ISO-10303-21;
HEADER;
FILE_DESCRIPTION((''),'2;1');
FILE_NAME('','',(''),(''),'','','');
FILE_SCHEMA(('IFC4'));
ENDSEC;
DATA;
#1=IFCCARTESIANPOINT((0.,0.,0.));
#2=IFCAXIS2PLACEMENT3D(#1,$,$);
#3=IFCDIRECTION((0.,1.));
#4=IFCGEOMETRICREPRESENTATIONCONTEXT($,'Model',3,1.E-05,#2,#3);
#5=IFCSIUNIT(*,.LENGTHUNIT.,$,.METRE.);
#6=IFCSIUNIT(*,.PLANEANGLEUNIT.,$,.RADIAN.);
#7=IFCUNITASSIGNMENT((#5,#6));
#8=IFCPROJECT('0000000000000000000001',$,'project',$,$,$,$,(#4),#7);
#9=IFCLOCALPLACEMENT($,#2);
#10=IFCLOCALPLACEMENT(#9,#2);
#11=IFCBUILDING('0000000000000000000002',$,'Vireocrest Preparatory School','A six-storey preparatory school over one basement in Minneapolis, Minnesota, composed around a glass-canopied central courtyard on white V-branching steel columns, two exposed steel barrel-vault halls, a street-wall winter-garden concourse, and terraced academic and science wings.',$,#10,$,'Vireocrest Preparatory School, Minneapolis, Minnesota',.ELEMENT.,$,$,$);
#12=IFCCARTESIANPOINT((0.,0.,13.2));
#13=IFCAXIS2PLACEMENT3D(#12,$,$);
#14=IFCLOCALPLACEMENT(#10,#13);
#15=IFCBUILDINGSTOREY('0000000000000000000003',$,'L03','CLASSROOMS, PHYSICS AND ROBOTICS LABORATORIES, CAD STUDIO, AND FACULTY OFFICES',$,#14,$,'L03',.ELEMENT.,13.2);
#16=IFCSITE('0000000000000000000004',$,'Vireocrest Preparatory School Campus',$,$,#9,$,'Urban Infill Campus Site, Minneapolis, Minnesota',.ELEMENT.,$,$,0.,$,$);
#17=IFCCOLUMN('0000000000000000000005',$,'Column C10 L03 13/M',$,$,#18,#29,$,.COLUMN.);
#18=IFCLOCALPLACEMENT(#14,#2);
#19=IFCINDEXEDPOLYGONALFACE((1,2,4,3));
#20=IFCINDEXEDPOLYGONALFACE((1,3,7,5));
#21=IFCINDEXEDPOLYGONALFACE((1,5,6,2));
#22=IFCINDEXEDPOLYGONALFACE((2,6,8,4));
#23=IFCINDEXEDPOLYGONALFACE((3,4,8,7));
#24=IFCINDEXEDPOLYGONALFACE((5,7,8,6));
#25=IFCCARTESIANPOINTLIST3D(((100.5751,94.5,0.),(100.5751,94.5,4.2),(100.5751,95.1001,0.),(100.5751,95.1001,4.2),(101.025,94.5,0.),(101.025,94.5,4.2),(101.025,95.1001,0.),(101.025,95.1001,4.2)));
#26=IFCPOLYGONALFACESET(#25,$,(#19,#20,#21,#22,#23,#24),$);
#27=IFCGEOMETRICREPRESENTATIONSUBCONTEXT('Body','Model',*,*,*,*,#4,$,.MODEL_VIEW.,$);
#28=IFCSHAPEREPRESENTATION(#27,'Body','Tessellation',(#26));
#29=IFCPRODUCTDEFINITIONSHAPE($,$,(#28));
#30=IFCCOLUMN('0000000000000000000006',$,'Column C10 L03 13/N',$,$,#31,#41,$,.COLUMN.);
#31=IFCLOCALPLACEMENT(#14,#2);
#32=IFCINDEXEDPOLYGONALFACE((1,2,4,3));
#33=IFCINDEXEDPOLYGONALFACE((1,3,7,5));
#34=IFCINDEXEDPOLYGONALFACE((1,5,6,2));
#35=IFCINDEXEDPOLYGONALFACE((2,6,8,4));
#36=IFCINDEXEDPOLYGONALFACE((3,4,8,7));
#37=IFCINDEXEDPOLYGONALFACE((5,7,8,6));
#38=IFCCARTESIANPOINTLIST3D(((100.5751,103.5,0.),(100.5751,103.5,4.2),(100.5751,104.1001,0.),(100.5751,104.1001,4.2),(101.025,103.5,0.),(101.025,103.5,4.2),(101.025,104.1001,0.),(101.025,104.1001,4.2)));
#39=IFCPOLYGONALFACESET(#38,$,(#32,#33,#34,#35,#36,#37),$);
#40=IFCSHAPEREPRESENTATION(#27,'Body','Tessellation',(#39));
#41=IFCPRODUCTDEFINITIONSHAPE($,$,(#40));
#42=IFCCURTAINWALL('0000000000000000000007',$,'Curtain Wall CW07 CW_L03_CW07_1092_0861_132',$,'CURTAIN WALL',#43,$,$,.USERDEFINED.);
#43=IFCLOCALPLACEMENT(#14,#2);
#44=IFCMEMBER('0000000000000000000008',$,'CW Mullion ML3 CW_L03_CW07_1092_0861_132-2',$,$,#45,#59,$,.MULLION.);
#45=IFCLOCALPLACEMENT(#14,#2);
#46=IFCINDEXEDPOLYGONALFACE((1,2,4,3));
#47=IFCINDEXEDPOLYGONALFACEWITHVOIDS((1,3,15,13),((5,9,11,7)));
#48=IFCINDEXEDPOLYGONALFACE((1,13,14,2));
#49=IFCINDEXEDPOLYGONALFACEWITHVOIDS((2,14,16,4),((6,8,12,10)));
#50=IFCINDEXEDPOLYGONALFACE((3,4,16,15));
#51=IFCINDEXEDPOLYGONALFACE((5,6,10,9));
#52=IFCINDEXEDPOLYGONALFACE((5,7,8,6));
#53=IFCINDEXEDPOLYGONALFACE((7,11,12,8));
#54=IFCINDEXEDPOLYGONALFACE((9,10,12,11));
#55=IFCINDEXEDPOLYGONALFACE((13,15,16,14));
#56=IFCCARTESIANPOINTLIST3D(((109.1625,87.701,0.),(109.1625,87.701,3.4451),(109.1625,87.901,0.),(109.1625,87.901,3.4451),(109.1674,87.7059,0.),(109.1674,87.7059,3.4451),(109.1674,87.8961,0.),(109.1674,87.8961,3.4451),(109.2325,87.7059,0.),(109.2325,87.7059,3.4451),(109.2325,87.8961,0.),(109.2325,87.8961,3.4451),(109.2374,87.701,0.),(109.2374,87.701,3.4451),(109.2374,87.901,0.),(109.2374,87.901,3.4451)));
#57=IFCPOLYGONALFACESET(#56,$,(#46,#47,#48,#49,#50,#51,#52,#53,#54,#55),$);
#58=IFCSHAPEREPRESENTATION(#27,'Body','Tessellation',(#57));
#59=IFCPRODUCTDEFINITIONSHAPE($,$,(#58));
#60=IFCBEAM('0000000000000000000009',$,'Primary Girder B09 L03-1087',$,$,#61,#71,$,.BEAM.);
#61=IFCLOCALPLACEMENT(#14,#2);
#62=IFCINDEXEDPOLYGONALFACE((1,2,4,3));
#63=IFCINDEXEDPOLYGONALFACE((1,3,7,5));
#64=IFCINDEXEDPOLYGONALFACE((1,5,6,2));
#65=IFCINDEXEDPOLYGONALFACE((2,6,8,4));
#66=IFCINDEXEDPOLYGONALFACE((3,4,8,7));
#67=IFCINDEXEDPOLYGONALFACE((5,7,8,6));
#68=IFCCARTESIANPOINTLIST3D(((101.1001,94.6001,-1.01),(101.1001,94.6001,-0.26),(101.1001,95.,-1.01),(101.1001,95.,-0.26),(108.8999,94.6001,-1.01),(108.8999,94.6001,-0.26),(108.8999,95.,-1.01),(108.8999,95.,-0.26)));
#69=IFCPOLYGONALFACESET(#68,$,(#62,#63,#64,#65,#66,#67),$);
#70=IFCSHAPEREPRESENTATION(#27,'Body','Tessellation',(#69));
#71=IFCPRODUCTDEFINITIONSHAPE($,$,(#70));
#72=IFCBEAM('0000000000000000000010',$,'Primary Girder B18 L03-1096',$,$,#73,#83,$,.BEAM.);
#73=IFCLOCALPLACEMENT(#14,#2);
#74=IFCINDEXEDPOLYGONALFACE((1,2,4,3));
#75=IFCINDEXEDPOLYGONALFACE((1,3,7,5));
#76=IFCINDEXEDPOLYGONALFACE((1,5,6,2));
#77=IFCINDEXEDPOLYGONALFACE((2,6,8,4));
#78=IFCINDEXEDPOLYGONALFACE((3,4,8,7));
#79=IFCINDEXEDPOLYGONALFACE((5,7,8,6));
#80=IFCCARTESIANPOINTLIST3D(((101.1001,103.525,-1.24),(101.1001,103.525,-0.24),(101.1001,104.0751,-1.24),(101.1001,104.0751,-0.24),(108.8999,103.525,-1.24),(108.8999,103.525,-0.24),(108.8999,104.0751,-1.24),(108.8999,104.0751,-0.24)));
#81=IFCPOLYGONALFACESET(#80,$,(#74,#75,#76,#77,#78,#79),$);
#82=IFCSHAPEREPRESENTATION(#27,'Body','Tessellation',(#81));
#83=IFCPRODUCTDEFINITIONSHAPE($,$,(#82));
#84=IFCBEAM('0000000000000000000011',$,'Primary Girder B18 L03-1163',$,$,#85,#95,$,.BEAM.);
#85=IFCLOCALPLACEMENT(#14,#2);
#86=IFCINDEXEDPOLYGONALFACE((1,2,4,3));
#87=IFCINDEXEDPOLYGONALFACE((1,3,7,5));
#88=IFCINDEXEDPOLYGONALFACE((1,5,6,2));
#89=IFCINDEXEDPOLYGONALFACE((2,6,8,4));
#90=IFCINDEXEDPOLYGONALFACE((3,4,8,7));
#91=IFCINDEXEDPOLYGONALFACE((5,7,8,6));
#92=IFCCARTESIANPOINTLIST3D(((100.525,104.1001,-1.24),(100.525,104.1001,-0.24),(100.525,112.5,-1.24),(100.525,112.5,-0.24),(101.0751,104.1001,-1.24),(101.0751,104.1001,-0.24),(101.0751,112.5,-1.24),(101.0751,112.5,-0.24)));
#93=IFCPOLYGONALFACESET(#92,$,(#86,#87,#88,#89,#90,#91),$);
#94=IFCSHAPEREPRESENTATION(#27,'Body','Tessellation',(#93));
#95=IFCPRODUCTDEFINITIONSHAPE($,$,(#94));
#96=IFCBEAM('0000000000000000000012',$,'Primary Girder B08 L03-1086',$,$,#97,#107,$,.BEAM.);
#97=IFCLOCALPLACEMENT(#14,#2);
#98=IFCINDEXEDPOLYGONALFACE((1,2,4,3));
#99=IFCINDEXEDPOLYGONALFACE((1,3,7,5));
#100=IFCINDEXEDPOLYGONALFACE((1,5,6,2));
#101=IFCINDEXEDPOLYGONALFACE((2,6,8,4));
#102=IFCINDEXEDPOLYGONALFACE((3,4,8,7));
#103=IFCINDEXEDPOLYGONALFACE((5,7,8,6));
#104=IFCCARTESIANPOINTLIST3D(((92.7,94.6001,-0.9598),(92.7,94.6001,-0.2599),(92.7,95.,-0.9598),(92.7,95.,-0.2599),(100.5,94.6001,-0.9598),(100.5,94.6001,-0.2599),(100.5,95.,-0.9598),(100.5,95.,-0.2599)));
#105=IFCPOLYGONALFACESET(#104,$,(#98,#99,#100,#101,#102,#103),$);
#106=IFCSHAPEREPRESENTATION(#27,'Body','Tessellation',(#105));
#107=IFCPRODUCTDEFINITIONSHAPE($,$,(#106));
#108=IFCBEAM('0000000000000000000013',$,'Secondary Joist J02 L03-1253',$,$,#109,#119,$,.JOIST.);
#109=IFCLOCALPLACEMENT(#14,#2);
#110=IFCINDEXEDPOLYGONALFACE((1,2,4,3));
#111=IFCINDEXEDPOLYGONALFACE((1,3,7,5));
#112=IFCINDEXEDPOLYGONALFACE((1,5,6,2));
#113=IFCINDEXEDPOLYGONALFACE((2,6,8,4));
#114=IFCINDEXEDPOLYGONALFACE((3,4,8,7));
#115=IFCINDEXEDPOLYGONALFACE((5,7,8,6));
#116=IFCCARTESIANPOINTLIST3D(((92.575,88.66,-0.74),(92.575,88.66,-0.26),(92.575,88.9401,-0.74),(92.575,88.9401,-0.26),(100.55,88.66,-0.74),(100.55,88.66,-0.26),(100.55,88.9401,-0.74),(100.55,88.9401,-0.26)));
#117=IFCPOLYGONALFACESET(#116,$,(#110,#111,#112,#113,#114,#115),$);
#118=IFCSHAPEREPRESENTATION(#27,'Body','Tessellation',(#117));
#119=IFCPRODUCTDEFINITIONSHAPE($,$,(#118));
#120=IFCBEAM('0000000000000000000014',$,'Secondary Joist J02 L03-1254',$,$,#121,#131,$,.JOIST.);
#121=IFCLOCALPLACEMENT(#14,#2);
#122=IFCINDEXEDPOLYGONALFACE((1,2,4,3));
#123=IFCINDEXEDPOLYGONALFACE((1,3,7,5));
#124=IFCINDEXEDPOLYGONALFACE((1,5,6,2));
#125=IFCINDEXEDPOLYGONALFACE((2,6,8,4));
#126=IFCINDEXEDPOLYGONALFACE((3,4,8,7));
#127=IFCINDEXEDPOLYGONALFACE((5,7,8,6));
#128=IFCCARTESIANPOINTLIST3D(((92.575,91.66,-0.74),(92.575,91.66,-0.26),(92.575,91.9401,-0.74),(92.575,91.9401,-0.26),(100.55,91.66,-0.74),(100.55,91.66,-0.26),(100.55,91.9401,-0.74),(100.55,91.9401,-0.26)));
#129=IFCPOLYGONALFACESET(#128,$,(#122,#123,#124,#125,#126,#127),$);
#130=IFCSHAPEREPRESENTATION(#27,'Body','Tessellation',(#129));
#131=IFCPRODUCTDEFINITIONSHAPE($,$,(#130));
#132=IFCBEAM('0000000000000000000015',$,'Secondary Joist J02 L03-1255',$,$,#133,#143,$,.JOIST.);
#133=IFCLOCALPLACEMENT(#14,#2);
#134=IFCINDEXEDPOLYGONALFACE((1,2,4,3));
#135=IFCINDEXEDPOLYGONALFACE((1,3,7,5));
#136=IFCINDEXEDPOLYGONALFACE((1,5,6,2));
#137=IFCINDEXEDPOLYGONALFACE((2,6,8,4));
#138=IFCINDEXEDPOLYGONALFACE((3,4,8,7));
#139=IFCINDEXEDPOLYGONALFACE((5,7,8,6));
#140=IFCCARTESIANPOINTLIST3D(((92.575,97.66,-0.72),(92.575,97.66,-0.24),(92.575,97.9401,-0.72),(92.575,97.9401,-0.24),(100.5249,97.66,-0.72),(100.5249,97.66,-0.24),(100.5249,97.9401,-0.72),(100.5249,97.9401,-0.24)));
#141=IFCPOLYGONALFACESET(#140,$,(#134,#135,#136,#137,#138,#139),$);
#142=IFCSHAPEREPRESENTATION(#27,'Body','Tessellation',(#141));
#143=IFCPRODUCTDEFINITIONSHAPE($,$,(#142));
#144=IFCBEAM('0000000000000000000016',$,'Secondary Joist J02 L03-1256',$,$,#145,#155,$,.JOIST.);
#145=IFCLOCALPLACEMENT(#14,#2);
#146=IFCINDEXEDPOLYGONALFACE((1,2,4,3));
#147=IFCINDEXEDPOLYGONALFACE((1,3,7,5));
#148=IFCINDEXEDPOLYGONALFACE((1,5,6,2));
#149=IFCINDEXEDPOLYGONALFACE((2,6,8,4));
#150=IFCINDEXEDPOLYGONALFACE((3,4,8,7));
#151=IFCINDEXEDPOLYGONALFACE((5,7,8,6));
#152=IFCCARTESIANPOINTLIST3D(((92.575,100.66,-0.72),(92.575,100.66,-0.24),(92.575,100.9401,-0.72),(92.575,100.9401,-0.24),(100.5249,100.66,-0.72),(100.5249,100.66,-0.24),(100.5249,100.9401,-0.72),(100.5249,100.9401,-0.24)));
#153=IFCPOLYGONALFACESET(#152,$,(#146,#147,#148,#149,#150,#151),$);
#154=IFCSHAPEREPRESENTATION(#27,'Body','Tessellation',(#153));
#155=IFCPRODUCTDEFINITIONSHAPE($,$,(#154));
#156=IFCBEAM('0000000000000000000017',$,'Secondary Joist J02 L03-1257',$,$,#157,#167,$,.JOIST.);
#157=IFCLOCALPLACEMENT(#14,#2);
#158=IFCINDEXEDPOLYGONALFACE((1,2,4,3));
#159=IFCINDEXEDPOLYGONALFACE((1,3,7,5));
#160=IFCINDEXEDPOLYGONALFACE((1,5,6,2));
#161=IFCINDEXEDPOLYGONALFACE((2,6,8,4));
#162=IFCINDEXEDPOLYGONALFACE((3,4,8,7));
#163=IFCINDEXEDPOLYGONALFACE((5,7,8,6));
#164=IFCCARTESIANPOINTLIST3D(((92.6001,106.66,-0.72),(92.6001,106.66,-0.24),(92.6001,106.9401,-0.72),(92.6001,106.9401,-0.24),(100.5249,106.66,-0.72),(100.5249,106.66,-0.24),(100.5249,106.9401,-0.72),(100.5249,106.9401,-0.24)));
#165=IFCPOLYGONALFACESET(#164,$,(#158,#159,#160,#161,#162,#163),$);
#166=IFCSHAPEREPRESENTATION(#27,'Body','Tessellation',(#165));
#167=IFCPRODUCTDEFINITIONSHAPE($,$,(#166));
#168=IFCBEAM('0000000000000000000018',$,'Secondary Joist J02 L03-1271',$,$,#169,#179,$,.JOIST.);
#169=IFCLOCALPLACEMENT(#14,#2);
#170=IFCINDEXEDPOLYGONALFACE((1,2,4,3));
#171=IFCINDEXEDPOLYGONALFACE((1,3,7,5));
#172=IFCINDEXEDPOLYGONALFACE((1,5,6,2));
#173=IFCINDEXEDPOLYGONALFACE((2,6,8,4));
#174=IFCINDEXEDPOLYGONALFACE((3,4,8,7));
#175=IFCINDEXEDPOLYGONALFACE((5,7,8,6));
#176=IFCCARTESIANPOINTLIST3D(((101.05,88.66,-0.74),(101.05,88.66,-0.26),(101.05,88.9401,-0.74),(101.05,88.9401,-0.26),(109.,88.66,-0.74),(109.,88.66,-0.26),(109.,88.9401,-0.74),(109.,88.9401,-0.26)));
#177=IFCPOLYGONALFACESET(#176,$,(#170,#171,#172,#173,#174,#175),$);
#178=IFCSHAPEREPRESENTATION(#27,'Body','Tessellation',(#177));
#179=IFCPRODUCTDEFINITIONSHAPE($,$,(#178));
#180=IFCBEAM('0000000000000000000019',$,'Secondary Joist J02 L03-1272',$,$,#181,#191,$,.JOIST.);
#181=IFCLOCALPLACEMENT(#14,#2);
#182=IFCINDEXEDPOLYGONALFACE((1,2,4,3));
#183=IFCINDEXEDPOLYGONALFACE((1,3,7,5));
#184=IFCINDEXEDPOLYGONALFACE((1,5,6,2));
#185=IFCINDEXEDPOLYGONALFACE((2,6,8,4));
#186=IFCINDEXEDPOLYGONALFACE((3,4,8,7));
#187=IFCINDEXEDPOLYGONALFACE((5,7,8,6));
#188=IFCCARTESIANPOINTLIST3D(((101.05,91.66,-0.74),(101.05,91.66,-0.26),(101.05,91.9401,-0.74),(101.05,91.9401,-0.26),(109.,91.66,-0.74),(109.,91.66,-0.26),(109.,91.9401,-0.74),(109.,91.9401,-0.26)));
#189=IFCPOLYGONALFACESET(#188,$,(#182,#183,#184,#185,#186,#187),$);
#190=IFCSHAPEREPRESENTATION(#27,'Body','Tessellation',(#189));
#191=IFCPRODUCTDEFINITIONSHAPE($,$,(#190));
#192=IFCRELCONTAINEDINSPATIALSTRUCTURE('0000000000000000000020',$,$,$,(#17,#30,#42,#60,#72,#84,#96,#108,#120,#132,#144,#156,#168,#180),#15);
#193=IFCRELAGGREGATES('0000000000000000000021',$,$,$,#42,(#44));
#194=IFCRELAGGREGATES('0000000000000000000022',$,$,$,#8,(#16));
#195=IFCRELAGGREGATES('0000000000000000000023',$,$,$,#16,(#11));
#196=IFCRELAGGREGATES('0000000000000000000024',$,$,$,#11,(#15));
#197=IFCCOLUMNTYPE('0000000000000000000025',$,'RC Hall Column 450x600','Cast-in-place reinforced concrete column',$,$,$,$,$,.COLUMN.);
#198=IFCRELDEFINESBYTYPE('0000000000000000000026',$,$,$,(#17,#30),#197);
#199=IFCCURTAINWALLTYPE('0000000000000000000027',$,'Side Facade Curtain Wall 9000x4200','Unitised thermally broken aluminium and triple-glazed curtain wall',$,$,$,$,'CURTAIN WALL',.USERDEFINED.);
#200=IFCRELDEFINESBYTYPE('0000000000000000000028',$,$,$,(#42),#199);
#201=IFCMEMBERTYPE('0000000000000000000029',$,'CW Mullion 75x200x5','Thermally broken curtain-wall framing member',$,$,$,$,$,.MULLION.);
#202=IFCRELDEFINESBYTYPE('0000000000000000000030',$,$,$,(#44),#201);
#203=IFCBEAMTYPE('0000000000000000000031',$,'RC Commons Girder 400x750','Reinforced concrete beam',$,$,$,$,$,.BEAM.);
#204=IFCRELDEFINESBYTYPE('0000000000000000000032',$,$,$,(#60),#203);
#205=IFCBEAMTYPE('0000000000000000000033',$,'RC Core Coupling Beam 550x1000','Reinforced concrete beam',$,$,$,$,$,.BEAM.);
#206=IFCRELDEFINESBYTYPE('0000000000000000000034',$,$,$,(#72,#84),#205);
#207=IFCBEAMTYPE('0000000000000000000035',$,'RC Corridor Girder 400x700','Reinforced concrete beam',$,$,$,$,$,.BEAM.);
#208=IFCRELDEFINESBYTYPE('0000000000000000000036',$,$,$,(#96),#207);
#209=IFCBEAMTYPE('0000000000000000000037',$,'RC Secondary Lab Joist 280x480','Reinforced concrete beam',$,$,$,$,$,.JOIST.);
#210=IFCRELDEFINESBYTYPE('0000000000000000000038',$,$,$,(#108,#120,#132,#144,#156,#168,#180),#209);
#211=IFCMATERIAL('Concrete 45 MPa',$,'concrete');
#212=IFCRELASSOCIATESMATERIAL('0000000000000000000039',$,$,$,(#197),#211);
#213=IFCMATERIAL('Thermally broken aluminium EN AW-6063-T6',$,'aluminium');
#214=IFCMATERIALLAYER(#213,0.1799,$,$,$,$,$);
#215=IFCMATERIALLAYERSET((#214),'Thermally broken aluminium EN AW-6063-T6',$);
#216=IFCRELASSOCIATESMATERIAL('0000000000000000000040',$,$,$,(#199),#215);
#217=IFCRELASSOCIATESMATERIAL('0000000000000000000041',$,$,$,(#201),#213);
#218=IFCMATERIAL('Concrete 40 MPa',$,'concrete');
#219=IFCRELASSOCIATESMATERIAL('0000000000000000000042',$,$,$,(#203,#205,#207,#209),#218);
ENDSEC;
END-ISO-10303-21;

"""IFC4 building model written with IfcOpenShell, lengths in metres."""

from ifc_helpers import new_model, si_unit, direction, frame, origin, origin_2d, place, context, subcontext, project, spatial, rectangle, hollow_rectangle, extrude, material, layer, layer_set, material_profile, profile_set, type_object, element, aggregate, save


model = new_model("IFC4")

# Units and contexts
model_context = context("Model", 3, precision=1e-05, world=origin(), true_north=direction((0.0, 1.0)))
body_context = subcontext(model_context, "Body", "Model", "MODEL_VIEW")
ifc_project = project(units=[si_unit("LENGTHUNIT", "METRE"), si_unit("PLANEANGLEUNIT", "RADIAN")], contexts=[model_context])

# Site, building, storey
site_placement = place(None, origin())
site = spatial("IfcSite", under=ifc_project, at=site_placement, Name="Vireocrest Preparatory School Campus", LongName="Urban Infill Campus Site, Minneapolis, Minnesota", CompositionType="ELEMENT", RefElevation=0.0)
building_placement = place(site_placement, origin())
building = spatial("IfcBuilding", under=site, at=building_placement, Name="Vireocrest Preparatory School", Description="A six-storey preparatory school over one basement in Minneapolis, Minnesota, composed around a glass-canopied central courtyard on white V-branching steel columns, two exposed steel barrel-vault halls, a street-wall winter-garden concourse, and terraced academic and science wings.", LongName="Vireocrest Preparatory School, Minneapolis, Minnesota", CompositionType="ELEMENT")
storey_placement = place(building_placement, frame((0.0, 0.0, 13.2)))
storey = spatial("IfcBuildingStorey", under=building, at=storey_placement, Name="L03", Description="CLASSROOMS, PHYSICS AND ROBOTICS LABORATORIES, CAD STUDIO, AND FACULTY OFFICES", LongName="L03", CompositionType="ELEMENT", Elevation=13.2)

# Columns
ifc_material_1 = material(Name="Concrete 45 MPa", Category="concrete")
ifc_material_profile_1 = material_profile(ifc_material_1, rectangle(XDim=0.45, YDim=0.6001, at=origin_2d()), Name="RC 450x600")
ifc_profile_set_1 = profile_set([ifc_material_profile_1], Name="Concrete 45 MPa")
column_type = type_object("IfcColumnType", Name="RC Hall Column 450x600", Description="Cast-in-place reinforced concrete column", PredefinedType="COLUMN", material=ifc_profile_set_1)
for number, where, z_axis, x_axis, name in (
    (1, (100.8, 94.8, 0.0), (0.0, 0.0, 1.0), (1.0, 0.0, 0.0), "Column C10 L03 13/M"),
    (2, (100.8, 103.8, 0.0), (0.0, 0.0, 1.0), (1.0, 0.0, 0.0), "Column C10 L03 13/N"),
):
    element("IfcColumn", number, at=place(storey_placement, frame(where, z_axis=z_axis, x_axis=x_axis)), inside=storey, type_object=column_type, Name=name, PredefinedType="COLUMN", context=body_context, shape_type="SweptSolid", body=[
        extrude(rectangle(XDim=0.45, YDim=0.6001, at=origin_2d()), origin(), (0.0, 0.0, 1.0), 4.2),
    ])

# Curtain wall, member
ifc_material_2 = material(Name="Thermally broken aluminium EN AW-6063-T6", Category="aluminium")
ifc_layer_1 = layer(ifc_material_2, 0.1799)
ifc_layer_set_1 = layer_set([ifc_layer_1], Name="Thermally broken aluminium EN AW-6063-T6")
curtain_wall_type = type_object("IfcCurtainWallType", Name="Side Facade Curtain Wall 9000x4200", Description="Unitised thermally broken aluminium and triple-glazed curtain wall", ElementType="CURTAIN WALL", PredefinedType="USERDEFINED", material=ifc_layer_set_1)
curtain_wall_placement = place(storey_placement, origin())
curtain_wall = element("IfcCurtainWall", 3, at=curtain_wall_placement, inside=storey, type_object=curtain_wall_type, Name="Curtain Wall CW07 CW_L03_CW07_1092_0861_132", ObjectType="CURTAIN WALL", PredefinedType="USERDEFINED")
ifc_material_profile_2 = material_profile(ifc_material_2, hollow_rectangle(XDim=0.075, YDim=0.2, WallThickness=0.0049, at=origin_2d()), Name="ALU 75x200x5")
ifc_profile_set_2 = profile_set([ifc_material_profile_2], Name="Thermally broken aluminium EN AW-6063-T6")
member_type = type_object("IfcMemberType", Name="CW Mullion 75x200x5", Description="Thermally broken curtain-wall framing member", PredefinedType="MULLION", material=ifc_profile_set_2)
member_placement = place(storey_placement, frame((109.2, 87.801, 0.0), z_axis=(0.0, 0.0, 1.0), x_axis=(1.0, 0.0, 0.0)))
member = element("IfcMember", 4, at=member_placement, type_object=member_type, Name="CW Mullion ML3 CW_L03_CW07_1092_0861_132-2", PredefinedType="MULLION", context=body_context, shape_type="SweptSolid", body=[
    extrude(hollow_rectangle(XDim=0.075, YDim=0.2, WallThickness=0.0049, at=origin_2d()), origin(), (0.0, 0.0, 1.0), 3.4451),
])

# Beams
ifc_material_3 = material(Name="Concrete 40 MPa", Category="concrete")
ifc_material_profile_3 = material_profile(ifc_material_3, rectangle(XDim=0.3999, YDim=0.75, at=origin_2d()), Name="RC 400x750")
ifc_profile_set_3 = profile_set([ifc_material_profile_3], Name="Concrete 40 MPa")
beam_type_1 = type_object("IfcBeamType", Name="RC Commons Girder 400x750", Description="Reinforced concrete beam", PredefinedType="BEAM", material=ifc_profile_set_3)
beam_1_placement = place(storey_placement, frame((101.1001, 94.8, -0.635), z_axis=(1.0, 0.0, 0.0), x_axis=(0.0, 1.0, 0.0)))
element("IfcBeam", 5, at=beam_1_placement, inside=storey, type_object=beam_type_1, Name="Primary Girder B09 L03-1087", PredefinedType="BEAM", context=body_context, shape_type="SweptSolid", body=[
    extrude(rectangle(XDim=0.3999, YDim=0.75, at=origin_2d()), origin(), (0.0, 0.0, 1.0), 7.7998),
])
ifc_material_profile_4 = material_profile(ifc_material_3, rectangle(XDim=0.55, YDim=1.0, at=origin_2d()), Name="RC 550x1000")
ifc_profile_set_4 = profile_set([ifc_material_profile_4], Name="Concrete 40 MPa")
beam_type_2 = type_object("IfcBeamType", Name="RC Core Coupling Beam 550x1000", Description="Reinforced concrete beam", PredefinedType="BEAM", material=ifc_profile_set_4)
beam_2_placement = place(storey_placement, frame((101.1001, 103.8, -0.74), z_axis=(1.0, 0.0, 0.0), x_axis=(0.0, 1.0, 0.0)))
element("IfcBeam", 6, at=beam_2_placement, inside=storey, type_object=beam_type_2, Name="Primary Girder B18 L03-1096", PredefinedType="BEAM", context=body_context, shape_type="SweptSolid", body=[
    extrude(rectangle(XDim=0.55, YDim=1.0, at=origin_2d()), origin(), (0.0, 0.0, 1.0), 7.7998),
])
beam_3_placement = place(storey_placement, frame((100.8, 104.1001, -0.74), z_axis=(0.0, 1.0, 0.0), x_axis=(-1.0, 0.0, 0.0)))
element("IfcBeam", 7, at=beam_3_placement, inside=storey, type_object=beam_type_2, Name="Primary Girder B18 L03-1163", PredefinedType="BEAM", context=body_context, shape_type="SweptSolid", body=[
    extrude(rectangle(XDim=0.55, YDim=1.0, at=origin_2d()), origin(), (0.0, 0.0, 1.0), 8.3999),
])
ifc_material_profile_5 = material_profile(ifc_material_3, rectangle(XDim=0.3999, YDim=0.7, at=origin_2d()), Name="RC 400x700")
ifc_profile_set_5 = profile_set([ifc_material_profile_5], Name="Concrete 40 MPa")
beam_type_3 = type_object("IfcBeamType", Name="RC Corridor Girder 400x700", Description="Reinforced concrete beam", PredefinedType="BEAM", material=ifc_profile_set_5)
beam_4_placement = place(storey_placement, frame((92.7, 94.8, -0.6099), z_axis=(1.0, 0.0, 0.0), x_axis=(0.0, 1.0, 0.0)))
element("IfcBeam", 8, at=beam_4_placement, inside=storey, type_object=beam_type_3, Name="Primary Girder B08 L03-1086", PredefinedType="BEAM", context=body_context, shape_type="SweptSolid", body=[
    extrude(rectangle(XDim=0.3999, YDim=0.7, at=origin_2d()), origin(), (0.0, 0.0, 1.0), 7.8),
])
ifc_material_profile_6 = material_profile(ifc_material_3, rectangle(XDim=0.28, YDim=0.48, at=origin_2d()), Name="RC 280x480")
ifc_profile_set_6 = profile_set([ifc_material_profile_6], Name="Concrete 40 MPa")
beam_type_4 = type_object("IfcBeamType", Name="RC Secondary Lab Joist 280x480", Description="Reinforced concrete beam", PredefinedType="JOIST", material=ifc_profile_set_6)
for number, where, z_axis, x_axis, name in (
    (9, (92.575, 88.8, -0.5), (1.0, 0.0, 0.0), (0.0, 1.0, 0.0), "Secondary Joist J02 L03-1253"),
    (10, (92.575, 91.8, -0.5), (1.0, 0.0, 0.0), (0.0, 1.0, 0.0), "Secondary Joist J02 L03-1254"),
):
    element("IfcBeam", number, at=place(storey_placement, frame(where, z_axis=z_axis, x_axis=x_axis)), inside=storey, type_object=beam_type_4, Name=name, PredefinedType="JOIST", context=body_context, shape_type="SweptSolid", body=[
        extrude(rectangle(XDim=0.28, YDim=0.48, at=origin_2d()), origin(), (0.0, 0.0, 1.0), 7.9751),
    ])
for number, where, z_axis, x_axis, name in (
    (11, (92.575, 97.8, -0.48), (1.0, 0.0, 0.0), (0.0, 1.0, 0.0), "Secondary Joist J02 L03-1255"),
    (12, (92.575, 100.8, -0.48), (1.0, 0.0, 0.0), (0.0, 1.0, 0.0), "Secondary Joist J02 L03-1256"),
):
    element("IfcBeam", number, at=place(storey_placement, frame(where, z_axis=z_axis, x_axis=x_axis)), inside=storey, type_object=beam_type_4, Name=name, PredefinedType="JOIST", context=body_context, shape_type="SweptSolid", body=[
        extrude(rectangle(XDim=0.28, YDim=0.48, at=origin_2d()), origin(), (0.0, 0.0, 1.0), 7.95),
    ])
beam_5_placement = place(storey_placement, frame((92.6001, 106.8, -0.48), z_axis=(1.0, 0.0, 0.0), x_axis=(0.0, 1.0, 0.0)))
element("IfcBeam", 13, at=beam_5_placement, inside=storey, type_object=beam_type_4, Name="Secondary Joist J02 L03-1257", PredefinedType="JOIST", context=body_context, shape_type="SweptSolid", body=[
    extrude(rectangle(XDim=0.28, YDim=0.48, at=origin_2d()), origin(), (0.0, 0.0, 1.0), 7.9248),
])
for number, where, z_axis, x_axis, name in (
    (14, (101.05, 88.8, -0.5), (1.0, 0.0, 0.0), (0.0, 1.0, 0.0), "Secondary Joist J02 L03-1271"),
    (15, (101.05, 91.8, -0.5), (1.0, 0.0, 0.0), (0.0, 1.0, 0.0), "Secondary Joist J02 L03-1272"),
):
    element("IfcBeam", number, at=place(storey_placement, frame(where, z_axis=z_axis, x_axis=x_axis)), inside=storey, type_object=beam_type_4, Name=name, PredefinedType="JOIST", context=body_context, shape_type="SweptSolid", body=[
        extrude(rectangle(XDim=0.28, YDim=0.48, at=origin_2d()), origin(), (0.0, 0.0, 1.0), 7.95),
    ])

aggregate(curtain_wall, [member])

save(model, "model.ifc")
